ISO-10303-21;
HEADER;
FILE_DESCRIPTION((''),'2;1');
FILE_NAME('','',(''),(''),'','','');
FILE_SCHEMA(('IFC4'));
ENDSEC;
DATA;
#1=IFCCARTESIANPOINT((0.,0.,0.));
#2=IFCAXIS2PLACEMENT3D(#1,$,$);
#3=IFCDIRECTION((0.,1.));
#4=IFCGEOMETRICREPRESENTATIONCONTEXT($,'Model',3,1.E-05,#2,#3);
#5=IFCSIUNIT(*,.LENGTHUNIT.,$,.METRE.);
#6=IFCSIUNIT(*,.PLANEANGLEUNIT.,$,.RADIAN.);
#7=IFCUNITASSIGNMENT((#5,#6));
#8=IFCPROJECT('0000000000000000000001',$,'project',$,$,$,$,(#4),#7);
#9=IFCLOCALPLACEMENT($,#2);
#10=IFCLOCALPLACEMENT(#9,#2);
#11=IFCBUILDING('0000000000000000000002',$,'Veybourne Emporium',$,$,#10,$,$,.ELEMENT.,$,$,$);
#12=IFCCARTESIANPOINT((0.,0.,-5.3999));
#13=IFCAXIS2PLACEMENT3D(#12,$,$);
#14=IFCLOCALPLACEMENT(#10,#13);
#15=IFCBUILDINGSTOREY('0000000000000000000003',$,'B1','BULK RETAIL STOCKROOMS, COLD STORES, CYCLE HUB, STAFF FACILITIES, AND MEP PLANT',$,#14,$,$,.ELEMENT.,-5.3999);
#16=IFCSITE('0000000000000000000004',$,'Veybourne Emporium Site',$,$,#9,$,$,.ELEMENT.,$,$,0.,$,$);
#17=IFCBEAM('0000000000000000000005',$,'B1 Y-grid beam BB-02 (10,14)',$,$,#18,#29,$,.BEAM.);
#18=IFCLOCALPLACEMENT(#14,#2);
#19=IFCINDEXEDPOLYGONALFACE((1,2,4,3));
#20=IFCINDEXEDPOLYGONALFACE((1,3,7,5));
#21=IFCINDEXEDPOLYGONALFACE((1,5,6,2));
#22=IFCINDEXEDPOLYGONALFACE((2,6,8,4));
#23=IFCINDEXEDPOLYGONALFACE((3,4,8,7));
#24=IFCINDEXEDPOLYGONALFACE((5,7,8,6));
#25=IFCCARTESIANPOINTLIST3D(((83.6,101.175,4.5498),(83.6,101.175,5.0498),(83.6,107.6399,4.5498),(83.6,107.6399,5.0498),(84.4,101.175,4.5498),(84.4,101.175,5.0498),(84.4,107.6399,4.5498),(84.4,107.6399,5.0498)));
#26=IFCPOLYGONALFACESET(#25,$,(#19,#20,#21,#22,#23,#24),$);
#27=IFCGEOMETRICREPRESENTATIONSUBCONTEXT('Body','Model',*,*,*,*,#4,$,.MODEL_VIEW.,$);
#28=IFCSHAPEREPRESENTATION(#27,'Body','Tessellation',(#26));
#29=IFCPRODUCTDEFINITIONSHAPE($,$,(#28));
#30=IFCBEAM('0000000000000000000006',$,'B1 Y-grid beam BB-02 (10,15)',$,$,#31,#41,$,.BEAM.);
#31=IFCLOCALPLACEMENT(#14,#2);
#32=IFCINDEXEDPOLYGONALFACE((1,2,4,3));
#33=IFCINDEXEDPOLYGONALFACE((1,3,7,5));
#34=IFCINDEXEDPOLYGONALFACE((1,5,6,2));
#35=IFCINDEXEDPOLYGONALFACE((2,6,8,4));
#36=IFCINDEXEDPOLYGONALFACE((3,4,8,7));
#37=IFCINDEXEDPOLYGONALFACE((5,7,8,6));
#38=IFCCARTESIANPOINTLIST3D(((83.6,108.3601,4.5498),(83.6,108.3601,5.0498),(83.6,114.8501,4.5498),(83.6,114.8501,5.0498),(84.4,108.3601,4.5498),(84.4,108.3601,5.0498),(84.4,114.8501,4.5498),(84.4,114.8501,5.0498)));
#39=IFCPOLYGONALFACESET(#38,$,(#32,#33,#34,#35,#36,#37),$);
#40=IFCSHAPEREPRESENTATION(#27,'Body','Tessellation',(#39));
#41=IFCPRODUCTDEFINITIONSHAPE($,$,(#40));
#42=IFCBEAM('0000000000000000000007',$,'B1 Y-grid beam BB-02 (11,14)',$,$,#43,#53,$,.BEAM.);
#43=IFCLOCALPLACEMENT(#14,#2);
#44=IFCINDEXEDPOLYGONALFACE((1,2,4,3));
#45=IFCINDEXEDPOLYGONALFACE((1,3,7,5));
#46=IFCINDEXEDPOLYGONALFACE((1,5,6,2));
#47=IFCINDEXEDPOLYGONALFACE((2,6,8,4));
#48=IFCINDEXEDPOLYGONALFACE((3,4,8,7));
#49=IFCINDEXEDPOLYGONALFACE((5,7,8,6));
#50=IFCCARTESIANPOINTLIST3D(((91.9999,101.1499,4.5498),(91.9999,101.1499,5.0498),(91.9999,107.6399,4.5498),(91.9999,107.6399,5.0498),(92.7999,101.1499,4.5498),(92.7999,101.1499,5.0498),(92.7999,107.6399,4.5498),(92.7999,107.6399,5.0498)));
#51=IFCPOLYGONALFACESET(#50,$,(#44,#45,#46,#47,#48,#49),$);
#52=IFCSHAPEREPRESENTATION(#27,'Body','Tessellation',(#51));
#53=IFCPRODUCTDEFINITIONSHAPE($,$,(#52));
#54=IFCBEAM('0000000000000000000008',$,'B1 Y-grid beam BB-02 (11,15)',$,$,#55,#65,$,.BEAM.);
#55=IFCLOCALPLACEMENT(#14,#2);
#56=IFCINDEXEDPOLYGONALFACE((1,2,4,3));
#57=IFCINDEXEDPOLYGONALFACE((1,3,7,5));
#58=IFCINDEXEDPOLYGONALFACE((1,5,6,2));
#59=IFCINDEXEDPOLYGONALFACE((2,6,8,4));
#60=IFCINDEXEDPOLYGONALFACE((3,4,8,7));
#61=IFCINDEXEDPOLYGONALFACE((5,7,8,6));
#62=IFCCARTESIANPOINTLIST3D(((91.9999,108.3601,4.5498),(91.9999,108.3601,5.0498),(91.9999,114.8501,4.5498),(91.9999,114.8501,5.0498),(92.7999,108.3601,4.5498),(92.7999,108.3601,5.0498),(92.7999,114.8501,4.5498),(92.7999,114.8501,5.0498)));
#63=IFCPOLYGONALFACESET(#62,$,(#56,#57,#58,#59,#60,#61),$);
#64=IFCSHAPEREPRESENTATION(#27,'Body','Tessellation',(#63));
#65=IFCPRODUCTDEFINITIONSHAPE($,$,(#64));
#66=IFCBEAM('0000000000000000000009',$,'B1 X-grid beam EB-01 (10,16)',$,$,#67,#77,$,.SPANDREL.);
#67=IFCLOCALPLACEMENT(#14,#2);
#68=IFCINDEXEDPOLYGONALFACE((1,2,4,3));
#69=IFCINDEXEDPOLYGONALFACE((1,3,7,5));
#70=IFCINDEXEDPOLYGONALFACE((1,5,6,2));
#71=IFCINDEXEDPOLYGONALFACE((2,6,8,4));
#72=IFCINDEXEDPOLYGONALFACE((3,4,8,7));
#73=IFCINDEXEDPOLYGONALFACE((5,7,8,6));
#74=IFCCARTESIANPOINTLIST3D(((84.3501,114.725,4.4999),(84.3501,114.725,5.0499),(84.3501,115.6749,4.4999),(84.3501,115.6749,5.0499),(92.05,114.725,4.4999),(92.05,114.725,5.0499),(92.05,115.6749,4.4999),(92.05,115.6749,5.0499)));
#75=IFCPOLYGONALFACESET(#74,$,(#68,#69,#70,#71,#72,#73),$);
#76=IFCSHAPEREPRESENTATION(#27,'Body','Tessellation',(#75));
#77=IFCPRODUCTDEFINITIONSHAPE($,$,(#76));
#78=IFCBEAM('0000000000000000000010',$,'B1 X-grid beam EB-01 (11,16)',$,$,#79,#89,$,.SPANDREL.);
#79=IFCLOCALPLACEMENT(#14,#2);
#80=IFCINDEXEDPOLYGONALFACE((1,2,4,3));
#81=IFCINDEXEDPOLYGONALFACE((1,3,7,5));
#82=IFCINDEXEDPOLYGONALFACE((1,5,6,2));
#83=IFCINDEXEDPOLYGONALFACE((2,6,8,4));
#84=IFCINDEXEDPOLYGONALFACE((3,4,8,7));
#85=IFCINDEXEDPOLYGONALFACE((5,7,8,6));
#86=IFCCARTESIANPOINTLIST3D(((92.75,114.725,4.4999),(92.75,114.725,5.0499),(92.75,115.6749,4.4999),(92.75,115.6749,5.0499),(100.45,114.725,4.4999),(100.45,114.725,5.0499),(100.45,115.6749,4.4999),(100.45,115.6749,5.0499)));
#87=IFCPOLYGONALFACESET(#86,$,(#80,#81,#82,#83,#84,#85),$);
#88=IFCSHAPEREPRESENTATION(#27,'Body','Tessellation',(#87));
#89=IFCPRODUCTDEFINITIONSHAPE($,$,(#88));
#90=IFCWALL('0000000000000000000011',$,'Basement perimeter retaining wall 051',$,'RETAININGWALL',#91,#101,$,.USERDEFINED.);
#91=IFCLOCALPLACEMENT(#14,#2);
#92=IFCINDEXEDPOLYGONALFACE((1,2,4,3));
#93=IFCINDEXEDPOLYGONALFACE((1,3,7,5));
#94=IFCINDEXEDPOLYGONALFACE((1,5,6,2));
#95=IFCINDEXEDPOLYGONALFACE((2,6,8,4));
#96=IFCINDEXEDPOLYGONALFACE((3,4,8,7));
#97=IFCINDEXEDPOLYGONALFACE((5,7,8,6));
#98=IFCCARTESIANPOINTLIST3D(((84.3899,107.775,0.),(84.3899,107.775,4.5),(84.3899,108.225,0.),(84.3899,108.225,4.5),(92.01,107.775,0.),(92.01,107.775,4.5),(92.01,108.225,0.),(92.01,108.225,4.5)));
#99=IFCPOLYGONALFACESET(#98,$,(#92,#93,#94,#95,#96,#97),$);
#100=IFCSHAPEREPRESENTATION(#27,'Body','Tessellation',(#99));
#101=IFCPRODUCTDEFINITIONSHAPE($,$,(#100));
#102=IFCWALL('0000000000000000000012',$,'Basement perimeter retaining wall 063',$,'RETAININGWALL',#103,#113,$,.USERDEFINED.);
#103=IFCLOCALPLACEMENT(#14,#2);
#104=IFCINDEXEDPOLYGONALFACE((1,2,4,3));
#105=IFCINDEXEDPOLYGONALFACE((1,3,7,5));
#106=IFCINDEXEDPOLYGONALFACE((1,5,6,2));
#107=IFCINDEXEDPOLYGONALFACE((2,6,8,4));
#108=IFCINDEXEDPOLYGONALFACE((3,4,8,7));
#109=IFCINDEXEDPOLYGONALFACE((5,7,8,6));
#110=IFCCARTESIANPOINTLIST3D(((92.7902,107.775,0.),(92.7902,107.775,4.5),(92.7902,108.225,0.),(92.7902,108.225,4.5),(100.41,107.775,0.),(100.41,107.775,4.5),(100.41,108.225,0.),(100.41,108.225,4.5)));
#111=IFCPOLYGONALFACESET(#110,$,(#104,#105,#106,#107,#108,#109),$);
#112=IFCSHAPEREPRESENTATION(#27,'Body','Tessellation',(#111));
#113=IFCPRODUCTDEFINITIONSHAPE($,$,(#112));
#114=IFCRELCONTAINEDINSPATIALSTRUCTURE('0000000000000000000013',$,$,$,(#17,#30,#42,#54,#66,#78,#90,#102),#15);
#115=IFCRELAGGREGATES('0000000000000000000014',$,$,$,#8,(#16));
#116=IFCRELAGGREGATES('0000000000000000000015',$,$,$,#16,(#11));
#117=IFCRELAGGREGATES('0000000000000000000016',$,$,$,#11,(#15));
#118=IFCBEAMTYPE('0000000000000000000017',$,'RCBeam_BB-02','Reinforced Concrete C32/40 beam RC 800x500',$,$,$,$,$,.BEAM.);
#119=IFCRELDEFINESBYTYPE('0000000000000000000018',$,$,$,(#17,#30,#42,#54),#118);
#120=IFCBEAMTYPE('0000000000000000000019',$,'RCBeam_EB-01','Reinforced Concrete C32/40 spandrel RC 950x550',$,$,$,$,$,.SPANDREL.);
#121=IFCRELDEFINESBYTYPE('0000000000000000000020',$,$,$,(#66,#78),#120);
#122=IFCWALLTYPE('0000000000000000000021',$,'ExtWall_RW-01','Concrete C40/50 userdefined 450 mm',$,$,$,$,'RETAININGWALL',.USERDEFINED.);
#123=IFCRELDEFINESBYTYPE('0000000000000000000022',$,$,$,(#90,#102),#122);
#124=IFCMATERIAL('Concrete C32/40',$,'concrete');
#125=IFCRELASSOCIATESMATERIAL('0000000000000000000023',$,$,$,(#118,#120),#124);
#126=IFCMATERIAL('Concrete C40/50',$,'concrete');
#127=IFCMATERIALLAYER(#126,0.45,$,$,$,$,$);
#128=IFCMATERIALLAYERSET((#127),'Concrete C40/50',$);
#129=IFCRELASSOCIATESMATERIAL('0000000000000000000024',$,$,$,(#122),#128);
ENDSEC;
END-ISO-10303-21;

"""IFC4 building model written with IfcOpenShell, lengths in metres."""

from ifc_helpers import new_model, si_unit, direction, frame, frame_2d, origin, origin_2d, place, context, subcontext, project, spatial, rectangle, extrude, material, layer, layer_set, material_profile, profile_set, type_object, element, save


model = new_model("IFC4")

# Units and contexts
model_context = context("Model", 3, precision=1e-05, world=origin(), true_north=direction((0.0, 1.0)))
body_context = subcontext(model_context, "Body", "Model", "MODEL_VIEW")
ifc_project = project(units=[si_unit("LENGTHUNIT", "METRE"), si_unit("PLANEANGLEUNIT", "RADIAN")], contexts=[model_context])

# Site, building, storey
site_placement = place(None, origin())
site = spatial("IfcSite", under=ifc_project, at=site_placement, Name="Veybourne Emporium Site", CompositionType="ELEMENT", RefElevation=0.0)
building_placement = place(site_placement, origin())
building = spatial("IfcBuilding", under=site, at=building_placement, Name="Veybourne Emporium", CompositionType="ELEMENT")
storey_placement = place(building_placement, frame((0.0, 0.0, -5.3999)))
storey = spatial("IfcBuildingStorey", under=building, at=storey_placement, Name="B1", Description="BULK RETAIL STOCKROOMS, COLD STORES, CYCLE HUB, STAFF FACILITIES, AND MEP PLANT", CompositionType="ELEMENT", Elevation=-5.3999)

# Shared definitions
ifc_material_1 = material(Name="Concrete C40/50", Category="concrete")

# Beams
ifc_material_2 = material(Name="Concrete C32/40", Category="concrete")
ifc_material_profile_1 = material_profile(ifc_material_2, rectangle(XDim=0.8, YDim=0.5, at=origin_2d()), Name="RC 800x500")
ifc_profile_set_1 = profile_set([ifc_material_profile_1], Name="Concrete C32/40")
beam_type_1 = type_object("IfcBeamType", Name="RCBeam_BB-02", Description="Reinforced Concrete C32/40 beam RC 800x500", PredefinedType="BEAM", material=ifc_profile_set_1)
beam_1_placement = place(storey_placement, frame((84.0, 101.175, 4.7998), z_axis=(0.0, 1.0, 0.0), x_axis=(-1.0, 0.0, 0.0)))
element("IfcBeam", 1, at=beam_1_placement, inside=storey, type_object=beam_type_1, Name="B1 Y-grid beam BB-02 (10,14)", PredefinedType="BEAM", context=body_context, shape_type="SweptSolid", body=[
    extrude(rectangle(XDim=0.8, YDim=0.5, at=origin_2d()), origin(), (0.0, 0.0, 1.0), 6.4648),
])
for number, where, z_axis, x_axis, name in (
    (2, (84.0, 108.3601, 4.7998), (0.0, 1.0, 0.0), (-1.0, 0.0, 0.0), "B1 Y-grid beam BB-02 (10,15)"),
    (3, (92.3999, 101.1499, 4.7998), (0.0, 1.0, 0.0), (-1.0, 0.0, 0.0), "B1 Y-grid beam BB-02 (11,14)"),
    (4, (92.3999, 108.3601, 4.7998), (0.0, 1.0, 0.0), (-1.0, 0.0, 0.0), "B1 Y-grid beam BB-02 (11,15)"),
):
    element("IfcBeam", number, at=place(storey_placement, frame(where, z_axis=z_axis, x_axis=x_axis)), inside=storey, type_object=beam_type_1, Name=name, PredefinedType="BEAM", context=body_context, shape_type="SweptSolid", body=[
        extrude(rectangle(XDim=0.8, YDim=0.5, at=origin_2d()), origin(), (0.0, 0.0, 1.0), 6.49),
    ])
ifc_material_profile_2 = material_profile(ifc_material_2, rectangle(XDim=0.95, YDim=0.55, at=origin_2d()), Name="RC 950x550")
ifc_profile_set_2 = profile_set([ifc_material_profile_2], Name="Concrete C32/40")
beam_type_2 = type_object("IfcBeamType", Name="RCBeam_EB-01", Description="Reinforced Concrete C32/40 spandrel RC 950x550", PredefinedType="SPANDREL", material=ifc_profile_set_2)
for number, where, z_axis, x_axis, name in (
    (5, (84.3501, 115.2, 4.7749), (1.0, 0.0, 0.0), (0.0, 1.0, 0.0), "B1 X-grid beam EB-01 (10,16)"),
    (6, (92.75, 115.2, 4.7749), (1.0, 0.0, 0.0), (0.0, 1.0, 0.0), "B1 X-grid beam EB-01 (11,16)"),
):
    element("IfcBeam", number, at=place(storey_placement, frame(where, z_axis=z_axis, x_axis=x_axis)), inside=storey, type_object=beam_type_2, Name=name, PredefinedType="SPANDREL", context=body_context, shape_type="SweptSolid", body=[
        extrude(rectangle(XDim=0.95, YDim=0.55, at=origin_2d()), origin(), (0.0, 0.0, 1.0), 7.7),
    ])

# Walls
ifc_layer = layer(ifc_material_1, 0.45)
ifc_layer_set = layer_set([ifc_layer], Name="Concrete C40/50")
wall_type = type_object("IfcWallType", Name="ExtWall_RW-01", Description="Concrete C40/50 userdefined 450 mm", ElementType="RETAININGWALL", PredefinedType="USERDEFINED", material=ifc_layer_set)
wall_1_placement = place(storey_placement, frame((84.3899, 108.0, 0.0), z_axis=(0.0, 0.0, 1.0), x_axis=(1.0, 0.0, 0.0)))
element("IfcWall", 7, at=wall_1_placement, inside=storey, type_object=wall_type, Name="Basement perimeter retaining wall 051", ObjectType="RETAININGWALL", PredefinedType="USERDEFINED", context=body_context, shape_type="SweptSolid", body=[
    extrude(rectangle(XDim=7.6201, YDim=0.45, at=frame_2d((3.8101, 0.0))), origin(), (0.0, 0.0, 1.0), 4.5),
])
wall_2_placement = place(storey_placement, frame((92.79, 108.0, 0.0), z_axis=(0.0, 0.0, 1.0), x_axis=(1.0, 0.0, 0.0)))
element("IfcWall", 8, at=wall_2_placement, inside=storey, type_object=wall_type, Name="Basement perimeter retaining wall 063", ObjectType="RETAININGWALL", PredefinedType="USERDEFINED", context=body_context, shape_type="SweptSolid", body=[
    extrude(rectangle(XDim=7.6199, YDim=0.45, at=frame_2d((3.8101, 0.0))), origin(), (0.0, 0.0, 1.0), 4.5),
])

save(model, "model.ifc")
